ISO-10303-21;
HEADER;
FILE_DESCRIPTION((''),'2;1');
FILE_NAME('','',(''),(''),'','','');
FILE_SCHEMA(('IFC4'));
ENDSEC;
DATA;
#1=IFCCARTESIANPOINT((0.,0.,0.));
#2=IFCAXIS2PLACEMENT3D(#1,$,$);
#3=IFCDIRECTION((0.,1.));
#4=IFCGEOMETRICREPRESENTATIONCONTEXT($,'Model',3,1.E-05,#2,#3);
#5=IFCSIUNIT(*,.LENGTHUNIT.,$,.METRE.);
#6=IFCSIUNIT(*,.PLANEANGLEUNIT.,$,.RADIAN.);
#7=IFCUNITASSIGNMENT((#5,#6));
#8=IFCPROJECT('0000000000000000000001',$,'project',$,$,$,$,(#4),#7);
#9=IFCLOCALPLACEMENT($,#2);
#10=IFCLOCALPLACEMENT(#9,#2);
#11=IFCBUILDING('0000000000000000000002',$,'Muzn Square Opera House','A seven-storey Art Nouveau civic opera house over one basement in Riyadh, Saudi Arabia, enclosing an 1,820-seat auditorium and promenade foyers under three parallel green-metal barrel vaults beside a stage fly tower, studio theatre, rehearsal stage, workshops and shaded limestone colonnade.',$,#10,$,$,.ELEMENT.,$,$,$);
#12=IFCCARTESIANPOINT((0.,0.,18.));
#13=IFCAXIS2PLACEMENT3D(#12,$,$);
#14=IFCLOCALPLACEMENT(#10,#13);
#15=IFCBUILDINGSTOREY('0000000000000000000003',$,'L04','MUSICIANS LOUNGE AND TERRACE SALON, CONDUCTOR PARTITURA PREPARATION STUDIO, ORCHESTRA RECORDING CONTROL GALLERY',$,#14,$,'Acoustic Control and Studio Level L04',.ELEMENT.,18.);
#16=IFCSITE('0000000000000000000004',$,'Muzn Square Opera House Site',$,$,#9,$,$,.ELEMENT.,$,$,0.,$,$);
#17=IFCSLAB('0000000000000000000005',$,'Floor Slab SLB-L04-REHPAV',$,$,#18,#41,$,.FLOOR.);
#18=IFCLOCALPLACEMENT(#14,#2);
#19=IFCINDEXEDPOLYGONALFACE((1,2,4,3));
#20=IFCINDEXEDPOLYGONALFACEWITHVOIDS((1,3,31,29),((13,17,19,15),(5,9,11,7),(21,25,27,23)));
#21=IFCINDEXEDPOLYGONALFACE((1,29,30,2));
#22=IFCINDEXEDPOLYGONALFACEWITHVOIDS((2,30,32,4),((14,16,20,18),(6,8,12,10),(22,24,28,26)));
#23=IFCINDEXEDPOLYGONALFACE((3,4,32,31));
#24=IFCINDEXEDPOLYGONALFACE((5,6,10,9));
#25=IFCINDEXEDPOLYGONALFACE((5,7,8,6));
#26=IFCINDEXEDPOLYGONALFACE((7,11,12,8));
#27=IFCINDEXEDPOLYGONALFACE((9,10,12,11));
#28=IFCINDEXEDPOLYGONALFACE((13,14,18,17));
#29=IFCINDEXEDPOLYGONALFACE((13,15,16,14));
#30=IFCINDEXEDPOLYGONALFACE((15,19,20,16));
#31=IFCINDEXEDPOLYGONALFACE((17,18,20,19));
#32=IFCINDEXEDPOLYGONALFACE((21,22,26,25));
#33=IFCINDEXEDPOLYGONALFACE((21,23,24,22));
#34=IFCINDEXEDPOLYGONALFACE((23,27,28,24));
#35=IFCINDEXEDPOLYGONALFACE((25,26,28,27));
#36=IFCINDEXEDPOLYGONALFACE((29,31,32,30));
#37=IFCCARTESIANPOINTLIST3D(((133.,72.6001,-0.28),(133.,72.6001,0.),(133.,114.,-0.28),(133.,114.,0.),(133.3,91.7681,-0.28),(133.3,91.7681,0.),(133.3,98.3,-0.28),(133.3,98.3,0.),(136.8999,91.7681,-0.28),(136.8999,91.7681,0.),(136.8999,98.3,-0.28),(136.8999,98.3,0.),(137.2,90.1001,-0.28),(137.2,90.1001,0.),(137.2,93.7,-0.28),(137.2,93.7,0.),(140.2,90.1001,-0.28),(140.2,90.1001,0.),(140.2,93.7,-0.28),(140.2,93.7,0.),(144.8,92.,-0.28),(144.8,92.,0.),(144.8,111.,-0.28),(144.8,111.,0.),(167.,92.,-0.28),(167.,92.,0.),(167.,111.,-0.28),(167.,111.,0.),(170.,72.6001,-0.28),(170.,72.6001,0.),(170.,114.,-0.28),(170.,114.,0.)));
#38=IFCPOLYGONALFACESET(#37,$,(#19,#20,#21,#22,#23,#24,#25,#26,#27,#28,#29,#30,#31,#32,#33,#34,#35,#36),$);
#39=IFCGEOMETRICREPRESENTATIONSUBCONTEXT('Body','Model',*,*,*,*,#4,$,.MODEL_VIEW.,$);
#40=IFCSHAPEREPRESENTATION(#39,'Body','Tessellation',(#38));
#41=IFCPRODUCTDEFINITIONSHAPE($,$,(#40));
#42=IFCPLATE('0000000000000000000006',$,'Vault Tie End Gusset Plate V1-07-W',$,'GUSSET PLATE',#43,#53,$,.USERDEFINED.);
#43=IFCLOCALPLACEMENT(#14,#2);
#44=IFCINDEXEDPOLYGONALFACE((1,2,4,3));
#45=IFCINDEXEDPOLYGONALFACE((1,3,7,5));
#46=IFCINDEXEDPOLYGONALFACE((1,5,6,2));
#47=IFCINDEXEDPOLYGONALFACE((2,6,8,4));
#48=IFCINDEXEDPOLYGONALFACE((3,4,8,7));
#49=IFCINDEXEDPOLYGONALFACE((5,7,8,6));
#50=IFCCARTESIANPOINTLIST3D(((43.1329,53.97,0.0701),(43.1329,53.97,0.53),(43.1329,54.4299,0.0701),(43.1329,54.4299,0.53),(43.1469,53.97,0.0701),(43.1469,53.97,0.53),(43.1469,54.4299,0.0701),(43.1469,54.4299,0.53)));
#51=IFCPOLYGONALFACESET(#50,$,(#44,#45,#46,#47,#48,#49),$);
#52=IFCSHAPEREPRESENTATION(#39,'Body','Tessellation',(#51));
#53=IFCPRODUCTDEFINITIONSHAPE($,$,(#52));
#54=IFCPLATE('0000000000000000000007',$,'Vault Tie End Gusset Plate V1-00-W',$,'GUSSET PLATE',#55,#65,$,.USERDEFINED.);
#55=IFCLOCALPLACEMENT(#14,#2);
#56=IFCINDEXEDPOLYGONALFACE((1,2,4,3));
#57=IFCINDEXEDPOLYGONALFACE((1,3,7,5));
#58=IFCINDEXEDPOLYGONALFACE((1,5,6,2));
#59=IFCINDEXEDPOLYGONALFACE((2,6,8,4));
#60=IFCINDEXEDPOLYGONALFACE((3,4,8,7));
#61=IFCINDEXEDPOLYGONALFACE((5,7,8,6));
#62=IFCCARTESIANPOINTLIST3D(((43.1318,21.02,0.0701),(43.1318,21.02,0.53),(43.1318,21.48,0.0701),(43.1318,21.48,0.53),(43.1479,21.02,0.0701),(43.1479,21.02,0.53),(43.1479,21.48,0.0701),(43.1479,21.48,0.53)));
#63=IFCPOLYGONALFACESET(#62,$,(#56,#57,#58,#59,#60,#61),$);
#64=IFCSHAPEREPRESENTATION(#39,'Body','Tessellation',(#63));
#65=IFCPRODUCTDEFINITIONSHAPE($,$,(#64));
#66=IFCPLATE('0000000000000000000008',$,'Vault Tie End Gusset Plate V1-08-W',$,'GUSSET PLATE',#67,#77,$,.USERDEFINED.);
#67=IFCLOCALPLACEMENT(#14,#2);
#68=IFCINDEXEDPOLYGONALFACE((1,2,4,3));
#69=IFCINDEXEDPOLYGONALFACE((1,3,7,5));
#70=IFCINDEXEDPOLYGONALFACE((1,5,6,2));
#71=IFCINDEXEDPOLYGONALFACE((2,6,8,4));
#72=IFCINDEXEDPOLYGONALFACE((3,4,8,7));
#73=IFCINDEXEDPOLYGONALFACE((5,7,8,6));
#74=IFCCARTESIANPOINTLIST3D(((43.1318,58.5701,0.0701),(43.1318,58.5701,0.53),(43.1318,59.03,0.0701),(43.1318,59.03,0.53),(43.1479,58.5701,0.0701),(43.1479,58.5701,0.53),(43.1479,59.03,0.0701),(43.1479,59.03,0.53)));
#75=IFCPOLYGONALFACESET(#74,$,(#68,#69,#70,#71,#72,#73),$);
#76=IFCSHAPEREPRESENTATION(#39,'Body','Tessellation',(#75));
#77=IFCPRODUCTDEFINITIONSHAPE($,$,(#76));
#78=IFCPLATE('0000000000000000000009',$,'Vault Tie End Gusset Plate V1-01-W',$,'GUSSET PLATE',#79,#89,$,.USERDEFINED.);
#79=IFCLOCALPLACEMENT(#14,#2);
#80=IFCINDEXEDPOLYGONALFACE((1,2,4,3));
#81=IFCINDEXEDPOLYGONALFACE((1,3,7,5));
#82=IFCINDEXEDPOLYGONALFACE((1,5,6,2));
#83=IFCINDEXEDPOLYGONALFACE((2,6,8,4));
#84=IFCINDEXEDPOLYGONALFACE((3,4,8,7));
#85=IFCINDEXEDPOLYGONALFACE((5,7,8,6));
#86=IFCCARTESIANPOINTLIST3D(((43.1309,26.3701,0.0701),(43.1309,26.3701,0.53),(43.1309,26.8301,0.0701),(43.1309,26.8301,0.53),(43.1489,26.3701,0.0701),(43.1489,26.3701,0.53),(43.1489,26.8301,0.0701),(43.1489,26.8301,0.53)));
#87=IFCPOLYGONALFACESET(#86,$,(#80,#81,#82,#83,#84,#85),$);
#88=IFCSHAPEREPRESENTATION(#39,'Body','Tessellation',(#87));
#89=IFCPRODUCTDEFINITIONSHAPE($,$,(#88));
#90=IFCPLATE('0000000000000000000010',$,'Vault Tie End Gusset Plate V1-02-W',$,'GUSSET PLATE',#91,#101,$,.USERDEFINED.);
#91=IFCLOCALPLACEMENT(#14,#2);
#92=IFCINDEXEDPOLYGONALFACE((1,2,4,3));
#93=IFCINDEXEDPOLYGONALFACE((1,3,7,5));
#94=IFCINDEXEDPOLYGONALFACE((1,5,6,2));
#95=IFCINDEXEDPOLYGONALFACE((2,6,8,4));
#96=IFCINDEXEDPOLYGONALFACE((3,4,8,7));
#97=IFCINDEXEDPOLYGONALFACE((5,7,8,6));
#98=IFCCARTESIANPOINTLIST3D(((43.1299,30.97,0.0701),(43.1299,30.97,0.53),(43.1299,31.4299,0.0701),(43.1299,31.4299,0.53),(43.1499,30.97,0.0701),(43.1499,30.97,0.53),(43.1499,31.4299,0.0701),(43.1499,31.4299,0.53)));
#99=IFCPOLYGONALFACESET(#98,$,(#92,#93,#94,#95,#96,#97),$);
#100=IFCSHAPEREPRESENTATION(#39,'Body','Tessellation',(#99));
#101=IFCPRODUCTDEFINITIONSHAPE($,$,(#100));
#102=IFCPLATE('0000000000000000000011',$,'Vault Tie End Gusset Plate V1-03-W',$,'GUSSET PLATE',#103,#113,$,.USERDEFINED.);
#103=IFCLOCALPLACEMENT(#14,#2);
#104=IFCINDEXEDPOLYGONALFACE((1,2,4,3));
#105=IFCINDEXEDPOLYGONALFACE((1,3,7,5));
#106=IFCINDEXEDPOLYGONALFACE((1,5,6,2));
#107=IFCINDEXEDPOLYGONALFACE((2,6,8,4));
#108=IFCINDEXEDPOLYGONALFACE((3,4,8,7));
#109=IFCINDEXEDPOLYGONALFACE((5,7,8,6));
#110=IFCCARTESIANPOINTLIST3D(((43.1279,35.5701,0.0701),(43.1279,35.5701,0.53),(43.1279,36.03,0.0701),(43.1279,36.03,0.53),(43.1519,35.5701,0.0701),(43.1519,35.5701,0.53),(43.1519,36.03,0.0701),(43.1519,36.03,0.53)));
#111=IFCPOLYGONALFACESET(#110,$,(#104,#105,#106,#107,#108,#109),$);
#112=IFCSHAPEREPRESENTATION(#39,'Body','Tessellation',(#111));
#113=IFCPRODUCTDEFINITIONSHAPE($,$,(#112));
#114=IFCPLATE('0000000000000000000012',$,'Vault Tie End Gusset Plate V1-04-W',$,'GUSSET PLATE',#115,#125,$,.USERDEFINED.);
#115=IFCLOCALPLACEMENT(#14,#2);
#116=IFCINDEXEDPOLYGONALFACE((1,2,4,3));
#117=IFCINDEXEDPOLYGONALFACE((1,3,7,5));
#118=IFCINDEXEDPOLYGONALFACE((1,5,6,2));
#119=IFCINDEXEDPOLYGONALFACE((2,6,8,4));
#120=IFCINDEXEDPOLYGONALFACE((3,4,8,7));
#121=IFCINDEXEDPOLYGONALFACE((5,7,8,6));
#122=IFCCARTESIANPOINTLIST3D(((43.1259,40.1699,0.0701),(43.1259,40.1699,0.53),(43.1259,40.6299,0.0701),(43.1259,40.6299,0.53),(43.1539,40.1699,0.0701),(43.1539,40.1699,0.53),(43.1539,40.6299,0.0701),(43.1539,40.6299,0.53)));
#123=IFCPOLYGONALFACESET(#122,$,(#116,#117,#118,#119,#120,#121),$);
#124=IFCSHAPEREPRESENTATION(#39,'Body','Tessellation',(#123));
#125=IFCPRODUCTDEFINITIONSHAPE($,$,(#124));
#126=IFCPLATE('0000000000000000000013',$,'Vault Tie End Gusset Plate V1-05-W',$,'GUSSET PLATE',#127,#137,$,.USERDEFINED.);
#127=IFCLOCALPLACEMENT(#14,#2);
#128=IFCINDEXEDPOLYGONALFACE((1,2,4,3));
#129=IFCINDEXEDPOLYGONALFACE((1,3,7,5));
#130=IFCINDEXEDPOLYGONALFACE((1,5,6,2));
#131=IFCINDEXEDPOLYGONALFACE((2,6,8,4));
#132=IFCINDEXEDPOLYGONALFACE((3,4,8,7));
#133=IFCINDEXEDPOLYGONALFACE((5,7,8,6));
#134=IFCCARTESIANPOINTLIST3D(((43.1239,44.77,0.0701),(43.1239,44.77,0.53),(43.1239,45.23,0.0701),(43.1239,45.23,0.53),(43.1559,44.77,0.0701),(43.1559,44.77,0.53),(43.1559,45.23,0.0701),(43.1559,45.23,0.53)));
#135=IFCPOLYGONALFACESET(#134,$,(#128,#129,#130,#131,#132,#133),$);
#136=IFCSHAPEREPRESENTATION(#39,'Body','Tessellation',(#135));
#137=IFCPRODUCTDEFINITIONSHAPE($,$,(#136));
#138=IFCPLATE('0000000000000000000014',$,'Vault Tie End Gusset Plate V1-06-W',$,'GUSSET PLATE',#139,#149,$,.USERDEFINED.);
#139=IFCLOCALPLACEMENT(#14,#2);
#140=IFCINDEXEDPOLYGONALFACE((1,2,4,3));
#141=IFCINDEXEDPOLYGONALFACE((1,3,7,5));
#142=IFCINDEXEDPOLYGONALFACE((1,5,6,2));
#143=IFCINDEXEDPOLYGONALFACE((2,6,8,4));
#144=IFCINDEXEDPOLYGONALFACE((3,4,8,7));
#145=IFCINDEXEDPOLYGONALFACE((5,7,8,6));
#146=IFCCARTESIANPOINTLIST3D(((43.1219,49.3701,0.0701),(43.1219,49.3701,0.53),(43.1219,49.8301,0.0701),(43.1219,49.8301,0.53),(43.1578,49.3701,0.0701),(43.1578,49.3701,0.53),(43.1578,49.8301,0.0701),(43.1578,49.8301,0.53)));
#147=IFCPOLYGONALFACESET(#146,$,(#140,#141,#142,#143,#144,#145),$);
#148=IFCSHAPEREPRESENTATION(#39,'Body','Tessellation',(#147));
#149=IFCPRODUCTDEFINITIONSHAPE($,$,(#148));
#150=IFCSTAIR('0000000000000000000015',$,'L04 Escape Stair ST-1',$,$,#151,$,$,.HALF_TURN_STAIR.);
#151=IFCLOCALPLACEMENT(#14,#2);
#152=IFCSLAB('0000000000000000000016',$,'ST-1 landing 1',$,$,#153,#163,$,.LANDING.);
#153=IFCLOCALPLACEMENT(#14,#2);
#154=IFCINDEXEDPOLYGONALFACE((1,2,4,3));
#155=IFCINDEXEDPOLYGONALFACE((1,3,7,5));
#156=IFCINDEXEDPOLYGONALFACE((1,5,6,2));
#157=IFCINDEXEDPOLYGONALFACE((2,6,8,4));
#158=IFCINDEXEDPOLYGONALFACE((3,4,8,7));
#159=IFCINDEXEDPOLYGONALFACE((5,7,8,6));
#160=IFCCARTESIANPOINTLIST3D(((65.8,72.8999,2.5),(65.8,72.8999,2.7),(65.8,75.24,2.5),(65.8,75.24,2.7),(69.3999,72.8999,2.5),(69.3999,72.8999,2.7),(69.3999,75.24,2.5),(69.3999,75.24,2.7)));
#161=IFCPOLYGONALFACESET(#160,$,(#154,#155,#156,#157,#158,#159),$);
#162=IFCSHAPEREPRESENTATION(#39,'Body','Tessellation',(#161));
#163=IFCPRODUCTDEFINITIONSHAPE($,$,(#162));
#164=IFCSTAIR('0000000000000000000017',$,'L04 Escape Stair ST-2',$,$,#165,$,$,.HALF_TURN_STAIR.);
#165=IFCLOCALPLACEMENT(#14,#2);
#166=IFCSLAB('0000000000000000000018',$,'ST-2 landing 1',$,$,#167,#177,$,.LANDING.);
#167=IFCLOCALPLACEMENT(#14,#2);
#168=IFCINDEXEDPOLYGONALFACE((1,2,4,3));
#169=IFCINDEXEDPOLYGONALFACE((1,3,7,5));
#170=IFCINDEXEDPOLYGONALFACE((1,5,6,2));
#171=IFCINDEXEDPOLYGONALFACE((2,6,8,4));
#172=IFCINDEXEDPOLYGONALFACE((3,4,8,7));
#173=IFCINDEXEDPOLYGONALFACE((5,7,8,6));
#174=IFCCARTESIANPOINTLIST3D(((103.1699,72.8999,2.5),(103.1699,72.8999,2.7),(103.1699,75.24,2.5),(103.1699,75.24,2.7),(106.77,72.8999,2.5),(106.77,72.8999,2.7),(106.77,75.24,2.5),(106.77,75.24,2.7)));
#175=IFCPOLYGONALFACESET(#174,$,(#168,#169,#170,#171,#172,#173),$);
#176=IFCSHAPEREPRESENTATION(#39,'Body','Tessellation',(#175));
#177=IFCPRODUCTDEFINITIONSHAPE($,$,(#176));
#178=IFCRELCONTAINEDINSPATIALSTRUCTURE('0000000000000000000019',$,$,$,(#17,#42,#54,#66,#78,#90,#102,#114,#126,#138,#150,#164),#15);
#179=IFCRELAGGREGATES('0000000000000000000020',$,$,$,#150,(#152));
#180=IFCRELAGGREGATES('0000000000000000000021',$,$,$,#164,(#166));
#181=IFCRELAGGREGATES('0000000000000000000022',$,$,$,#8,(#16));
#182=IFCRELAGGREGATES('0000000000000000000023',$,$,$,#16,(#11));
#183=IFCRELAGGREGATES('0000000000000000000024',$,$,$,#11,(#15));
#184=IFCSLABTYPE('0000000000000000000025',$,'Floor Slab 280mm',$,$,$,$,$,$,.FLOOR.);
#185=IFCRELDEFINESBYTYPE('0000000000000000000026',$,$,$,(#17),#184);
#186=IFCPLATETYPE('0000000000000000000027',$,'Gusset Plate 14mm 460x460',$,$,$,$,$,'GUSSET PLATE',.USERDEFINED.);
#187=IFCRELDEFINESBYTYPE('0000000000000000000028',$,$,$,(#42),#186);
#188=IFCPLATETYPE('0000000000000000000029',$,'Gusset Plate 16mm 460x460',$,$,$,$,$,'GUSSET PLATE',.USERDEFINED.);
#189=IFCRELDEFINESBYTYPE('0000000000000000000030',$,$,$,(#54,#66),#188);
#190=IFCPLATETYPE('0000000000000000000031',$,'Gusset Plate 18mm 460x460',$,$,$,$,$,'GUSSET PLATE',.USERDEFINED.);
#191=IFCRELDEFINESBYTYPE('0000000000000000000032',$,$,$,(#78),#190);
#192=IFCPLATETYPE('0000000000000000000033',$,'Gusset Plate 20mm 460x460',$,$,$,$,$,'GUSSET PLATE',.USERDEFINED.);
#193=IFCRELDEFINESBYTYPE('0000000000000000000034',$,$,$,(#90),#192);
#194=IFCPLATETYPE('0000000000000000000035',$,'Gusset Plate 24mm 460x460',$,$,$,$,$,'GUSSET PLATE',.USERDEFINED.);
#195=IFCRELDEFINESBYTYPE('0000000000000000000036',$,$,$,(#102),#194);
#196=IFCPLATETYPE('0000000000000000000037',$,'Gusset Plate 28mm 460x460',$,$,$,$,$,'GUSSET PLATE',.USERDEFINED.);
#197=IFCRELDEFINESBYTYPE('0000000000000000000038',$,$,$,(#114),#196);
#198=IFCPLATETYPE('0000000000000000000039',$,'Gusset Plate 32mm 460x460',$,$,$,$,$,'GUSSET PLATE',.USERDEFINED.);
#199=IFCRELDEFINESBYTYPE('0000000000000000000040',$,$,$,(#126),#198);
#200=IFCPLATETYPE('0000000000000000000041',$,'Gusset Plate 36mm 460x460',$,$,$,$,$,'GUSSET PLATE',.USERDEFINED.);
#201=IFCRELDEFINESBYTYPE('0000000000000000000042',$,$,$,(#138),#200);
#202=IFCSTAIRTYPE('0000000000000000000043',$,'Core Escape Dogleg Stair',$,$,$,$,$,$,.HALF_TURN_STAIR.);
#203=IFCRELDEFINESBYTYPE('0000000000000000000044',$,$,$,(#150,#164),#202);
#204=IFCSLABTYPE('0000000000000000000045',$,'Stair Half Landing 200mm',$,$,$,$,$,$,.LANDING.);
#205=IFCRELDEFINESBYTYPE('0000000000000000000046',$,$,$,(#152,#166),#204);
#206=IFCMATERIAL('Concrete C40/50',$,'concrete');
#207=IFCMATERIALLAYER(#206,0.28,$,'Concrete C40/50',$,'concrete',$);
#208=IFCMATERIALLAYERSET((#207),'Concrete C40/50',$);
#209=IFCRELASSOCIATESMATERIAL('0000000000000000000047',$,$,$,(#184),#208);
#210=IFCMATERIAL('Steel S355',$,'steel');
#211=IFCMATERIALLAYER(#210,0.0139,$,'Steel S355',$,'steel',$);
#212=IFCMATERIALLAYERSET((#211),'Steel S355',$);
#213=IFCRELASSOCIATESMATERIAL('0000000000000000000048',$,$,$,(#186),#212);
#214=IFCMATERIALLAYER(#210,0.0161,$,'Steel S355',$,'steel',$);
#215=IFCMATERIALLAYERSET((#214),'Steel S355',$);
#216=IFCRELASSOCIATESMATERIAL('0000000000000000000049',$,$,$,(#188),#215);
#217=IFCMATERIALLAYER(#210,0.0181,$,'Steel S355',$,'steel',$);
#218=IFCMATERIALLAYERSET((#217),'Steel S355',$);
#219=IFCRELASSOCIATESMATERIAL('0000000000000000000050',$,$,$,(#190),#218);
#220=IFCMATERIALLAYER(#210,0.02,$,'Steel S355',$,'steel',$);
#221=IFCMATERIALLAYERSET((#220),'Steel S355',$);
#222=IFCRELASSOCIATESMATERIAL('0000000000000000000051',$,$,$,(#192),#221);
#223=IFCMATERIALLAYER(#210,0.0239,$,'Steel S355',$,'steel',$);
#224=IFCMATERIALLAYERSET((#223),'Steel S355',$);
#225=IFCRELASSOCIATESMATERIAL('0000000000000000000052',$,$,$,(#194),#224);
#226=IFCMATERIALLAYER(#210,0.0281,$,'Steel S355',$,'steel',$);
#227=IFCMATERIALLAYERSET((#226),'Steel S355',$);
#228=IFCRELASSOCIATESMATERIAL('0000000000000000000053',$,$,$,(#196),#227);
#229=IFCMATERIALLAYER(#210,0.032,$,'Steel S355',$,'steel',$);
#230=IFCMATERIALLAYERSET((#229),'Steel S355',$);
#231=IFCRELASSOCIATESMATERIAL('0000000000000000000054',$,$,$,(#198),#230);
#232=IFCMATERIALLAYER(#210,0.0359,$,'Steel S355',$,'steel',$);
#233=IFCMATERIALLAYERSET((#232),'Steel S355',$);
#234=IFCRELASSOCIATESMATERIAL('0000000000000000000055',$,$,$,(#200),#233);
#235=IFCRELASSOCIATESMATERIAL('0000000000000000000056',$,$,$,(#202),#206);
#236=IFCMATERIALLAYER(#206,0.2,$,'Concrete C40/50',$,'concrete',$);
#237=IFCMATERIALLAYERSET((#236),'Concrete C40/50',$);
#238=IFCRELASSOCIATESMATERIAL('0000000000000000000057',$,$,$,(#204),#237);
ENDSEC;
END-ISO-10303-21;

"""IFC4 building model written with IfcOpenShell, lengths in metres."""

from ifc_helpers import new_model, si_unit, direction, frame, origin, origin_2d, place, context, subcontext, project, spatial, polyline, rectangle, outline, extrude, material, layer, layer_set, type_object, element, aggregate, save


model = new_model("IFC4")

# Units and contexts
model_context = context("Model", 3, precision=1e-05, world=origin(), true_north=direction((0.0, 1.0)))
body_context = subcontext(model_context, "Body", "Model", "MODEL_VIEW")
ifc_project = project(units=[si_unit("LENGTHUNIT", "METRE"), si_unit("PLANEANGLEUNIT", "RADIAN")], contexts=[model_context])

# Site, building, storey
site_placement = place(None, origin())
site = spatial("IfcSite", under=ifc_project, at=site_placement, Name="Muzn Square Opera House Site", CompositionType="ELEMENT", RefElevation=0.0)
building_placement = place(site_placement, origin())
building = spatial("IfcBuilding", under=site, at=building_placement, Name="Muzn Square Opera House", Description="A seven-storey Art Nouveau civic opera house over one basement in Riyadh, Saudi Arabia, enclosing an 1,820-seat auditorium and promenade foyers under three parallel green-metal barrel vaults beside a stage fly tower, studio theatre, rehearsal stage, workshops and shaded limestone colonnade.", CompositionType="ELEMENT")
storey_placement = place(building_placement, frame((0.0, 0.0, 18.0)))
storey = spatial("IfcBuildingStorey", under=building, at=storey_placement, Name="L04", Description="MUSICIANS LOUNGE AND TERRACE SALON, CONDUCTOR PARTITURA PREPARATION STUDIO, ORCHESTRA RECORDING CONTROL GALLERY", LongName="Acoustic Control and Studio Level L04", CompositionType="ELEMENT", Elevation=18.0)

# Shared definitions
ifc_material_1 = material(Name="Steel S355", Category="steel")

# Slab
ifc_material_2 = material(Name="Concrete C40/50", Category="concrete")
ifc_layer_1 = layer(ifc_material_2, 0.28, Name="Concrete C40/50", Category="concrete")
ifc_layer_set_1 = layer_set([ifc_layer_1], Name="Concrete C40/50")
slab_type_1 = type_object("IfcSlabType", Name="Floor Slab 280mm", PredefinedType="FLOOR", material=ifc_layer_set_1)
slab_1_placement = place(storey_placement, frame((0.0, 0.0, -0.28)))
element("IfcSlab", 1, at=slab_1_placement, inside=storey, type_object=slab_type_1, Name="Floor Slab SLB-L04-REHPAV", PredefinedType="FLOOR", context=body_context, shape_type="SweptSolid", body=[
    extrude(outline(polyline([(133.0, 72.6001), (170.0, 72.6001), (170.0, 114.0), (133.0, 114.0), (133.0, 72.6001)]), holes=[polyline([(144.8, 92.0), (167.0, 92.0), (167.0, 111.0), (144.8, 111.0), (144.8, 92.0)]), polyline([(133.3, 91.7681), (136.8999, 91.7681), (136.8999, 98.3), (133.3, 98.3), (133.3, 91.7681)]), polyline([(137.2, 90.1001), (140.2, 90.1001), (140.2, 93.7), (137.2, 93.7), (137.2, 90.1001)])]), origin(), (0.0, 0.0, 1.0), 0.28),
])

# Plates
ifc_layer_2 = layer(ifc_material_1, 0.0139, Name="Steel S355", Category="steel")
ifc_layer_set_2 = layer_set([ifc_layer_2], Name="Steel S355")
plate_type_1 = type_object("IfcPlateType", Name="Gusset Plate 14mm 460x460", ElementType="GUSSET PLATE", PredefinedType="USERDEFINED", material=ifc_layer_set_2)
plate_1_placement = place(storey_placement, frame((43.1399, 54.2, 0.0701), z_axis=(0.0, 0.0, 1.0), x_axis=(1.0, 0.0, 0.0)))
element("IfcPlate", 2, at=plate_1_placement, inside=storey, type_object=plate_type_1, Name="Vault Tie End Gusset Plate V1-07-W", ObjectType="GUSSET PLATE", PredefinedType="USERDEFINED", context=body_context, shape_type="SweptSolid", body=[
    extrude(rectangle(XDim=0.0139, YDim=0.46, at=origin_2d()), origin(), (0.0, 0.0, 1.0), 0.46),
])
ifc_layer_3 = layer(ifc_material_1, 0.0161, Name="Steel S355", Category="steel")
ifc_layer_set_3 = layer_set([ifc_layer_3], Name="Steel S355")
plate_type_2 = type_object("IfcPlateType", Name="Gusset Plate 16mm 460x460", ElementType="GUSSET PLATE", PredefinedType="USERDEFINED", material=ifc_layer_set_3)
for number, where, z_axis, x_axis, name in (
    (3, (43.1399, 21.25, 0.0701), (0.0, 0.0, 1.0), (1.0, 0.0, 0.0), "Vault Tie End Gusset Plate V1-00-W"),
    (4, (43.1399, 58.8, 0.0701), (0.0, 0.0, 1.0), (1.0, 0.0, 0.0), "Vault Tie End Gusset Plate V1-08-W"),
):
    element("IfcPlate", number, at=place(storey_placement, frame(where, z_axis=z_axis, x_axis=x_axis)), inside=storey, type_object=plate_type_2, Name=name, ObjectType="GUSSET PLATE", PredefinedType="USERDEFINED", context=body_context, shape_type="SweptSolid", body=[
        extrude(rectangle(XDim=0.0161, YDim=0.46, at=origin_2d()), origin(), (0.0, 0.0, 1.0), 0.46),
    ])
ifc_layer_4 = layer(ifc_material_1, 0.0181, Name="Steel S355", Category="steel")
ifc_layer_set_4 = layer_set([ifc_layer_4], Name="Steel S355")
plate_type_3 = type_object("IfcPlateType", Name="Gusset Plate 18mm 460x460", ElementType="GUSSET PLATE", PredefinedType="USERDEFINED", material=ifc_layer_set_4)
plate_2_placement = place(storey_placement, frame((43.1399, 26.6001, 0.0701), z_axis=(0.0, 0.0, 1.0), x_axis=(1.0, 0.0, 0.0)))
element("IfcPlate", 5, at=plate_2_placement, inside=storey, type_object=plate_type_3, Name="Vault Tie End Gusset Plate V1-01-W", ObjectType="GUSSET PLATE", PredefinedType="USERDEFINED", context=body_context, shape_type="SweptSolid", body=[
    extrude(rectangle(XDim=0.0181, YDim=0.46, at=origin_2d()), origin(), (0.0, 0.0, 1.0), 0.46),
])
ifc_layer_5 = layer(ifc_material_1, 0.02, Name="Steel S355", Category="steel")
ifc_layer_set_5 = layer_set([ifc_layer_5], Name="Steel S355")
plate_type_4 = type_object("IfcPlateType", Name="Gusset Plate 20mm 460x460", ElementType="GUSSET PLATE", PredefinedType="USERDEFINED", material=ifc_layer_set_5)
plate_3_placement = place(storey_placement, frame((43.1399, 31.2, 0.0701), z_axis=(0.0, 0.0, 1.0), x_axis=(1.0, 0.0, 0.0)))
element("IfcPlate", 6, at=plate_3_placement, inside=storey, type_object=plate_type_4, Name="Vault Tie End Gusset Plate V1-02-W", ObjectType="GUSSET PLATE", PredefinedType="USERDEFINED", context=body_context, shape_type="SweptSolid", body=[
    extrude(rectangle(XDim=0.02, YDim=0.46, at=origin_2d()), origin(), (0.0, 0.0, 1.0), 0.46),
])
ifc_layer_6 = layer(ifc_material_1, 0.0239, Name="Steel S355", Category="steel")
ifc_layer_set_6 = layer_set([ifc_layer_6], Name="Steel S355")
plate_type_5 = type_object("IfcPlateType", Name="Gusset Plate 24mm 460x460", ElementType="GUSSET PLATE", PredefinedType="USERDEFINED", material=ifc_layer_set_6)
plate_4_placement = place(storey_placement, frame((43.1399, 35.8, 0.0701), z_axis=(0.0, 0.0, 1.0), x_axis=(1.0, 0.0, 0.0)))
element("IfcPlate", 7, at=plate_4_placement, inside=storey, type_object=plate_type_5, Name="Vault Tie End Gusset Plate V1-03-W", ObjectType="GUSSET PLATE", PredefinedType="USERDEFINED", context=body_context, shape_type="SweptSolid", body=[
    extrude(rectangle(XDim=0.0239, YDim=0.46, at=origin_2d()), origin(), (0.0, 0.0, 1.0), 0.46),
])
ifc_layer_7 = layer(ifc_material_1, 0.0281, Name="Steel S355", Category="steel")
ifc_layer_set_7 = layer_set([ifc_layer_7], Name="Steel S355")
plate_type_6 = type_object("IfcPlateType", Name="Gusset Plate 28mm 460x460", ElementType="GUSSET PLATE", PredefinedType="USERDEFINED", material=ifc_layer_set_7)
plate_5_placement = place(storey_placement, frame((43.1399, 40.3999, 0.0701), z_axis=(0.0, 0.0, 1.0), x_axis=(1.0, 0.0, 0.0)))
element("IfcPlate", 8, at=plate_5_placement, inside=storey, type_object=plate_type_6, Name="Vault Tie End Gusset Plate V1-04-W", ObjectType="GUSSET PLATE", PredefinedType="USERDEFINED", context=body_context, shape_type="SweptSolid", body=[
    extrude(rectangle(XDim=0.0281, YDim=0.46, at=origin_2d()), origin(), (0.0, 0.0, 1.0), 0.46),
])
ifc_layer_8 = layer(ifc_material_1, 0.032, Name="Steel S355", Category="steel")
ifc_layer_set_8 = layer_set([ifc_layer_8], Name="Steel S355")
plate_type_7 = type_object("IfcPlateType", Name="Gusset Plate 32mm 460x460", ElementType="GUSSET PLATE", PredefinedType="USERDEFINED", material=ifc_layer_set_8)
plate_6_placement = place(storey_placement, frame((43.1399, 45.0, 0.0701), z_axis=(0.0, 0.0, 1.0), x_axis=(1.0, 0.0, 0.0)))
element("IfcPlate", 9, at=plate_6_placement, inside=storey, type_object=plate_type_7, Name="Vault Tie End Gusset Plate V1-05-W", ObjectType="GUSSET PLATE", PredefinedType="USERDEFINED", context=body_context, shape_type="SweptSolid", body=[
    extrude(rectangle(XDim=0.032, YDim=0.46, at=origin_2d()), origin(), (0.0, 0.0, 1.0), 0.46),
])
ifc_layer_9 = layer(ifc_material_1, 0.0359, Name="Steel S355", Category="steel")
ifc_layer_set_9 = layer_set([ifc_layer_9], Name="Steel S355")
plate_type_8 = type_object("IfcPlateType", Name="Gusset Plate 36mm 460x460", ElementType="GUSSET PLATE", PredefinedType="USERDEFINED", material=ifc_layer_set_9)
plate_7_placement = place(storey_placement, frame((43.1399, 49.6001, 0.0701), z_axis=(0.0, 0.0, 1.0), x_axis=(1.0, 0.0, 0.0)))
element("IfcPlate", 10, at=plate_7_placement, inside=storey, type_object=plate_type_8, Name="Vault Tie End Gusset Plate V1-06-W", ObjectType="GUSSET PLATE", PredefinedType="USERDEFINED", context=body_context, shape_type="SweptSolid", body=[
    extrude(rectangle(XDim=0.0359, YDim=0.46, at=origin_2d()), origin(), (0.0, 0.0, 1.0), 0.46),
])

# Stairs, slabs
stair_type = type_object("IfcStairType", Name="Core Escape Dogleg Stair", PredefinedType="HALF_TURN_STAIR", material=ifc_material_2)
stair_1_placement = place(storey_placement, origin())
stair_1 = element("IfcStair", 11, at=stair_1_placement, inside=storey, type_object=stair_type, Name="L04 Escape Stair ST-1", PredefinedType="HALF_TURN_STAIR")
ifc_layer_10 = layer(ifc_material_2, 0.2, Name="Concrete C40/50", Category="concrete")
ifc_layer_set_10 = layer_set([ifc_layer_10], Name="Concrete C40/50")
slab_type_2 = type_object("IfcSlabType", Name="Stair Half Landing 200mm", PredefinedType="LANDING", material=ifc_layer_set_10)
slab_2_placement = place(storey_placement, frame((0.0, 0.0, 2.5)))
slab_2 = element("IfcSlab", 12, at=slab_2_placement, type_object=slab_type_2, Name="ST-1 landing 1", PredefinedType="LANDING", context=body_context, shape_type="SweptSolid", body=[
    extrude(outline(polyline([(65.8, 75.24), (65.8, 72.8999), (69.3999, 72.8999), (69.3999, 75.24), (65.8, 75.24)])), origin(), (0.0, 0.0, 1.0), 0.2),
])
aggregate(stair_1, [slab_2])
stair_2_placement = place(storey_placement, origin())
stair_2 = element("IfcStair", 13, at=stair_2_placement, inside=storey, type_object=stair_type, Name="L04 Escape Stair ST-2", PredefinedType="HALF_TURN_STAIR")
slab_3_placement = place(storey_placement, frame((0.0, 0.0, 2.5)))
slab_3 = element("IfcSlab", 14, at=slab_3_placement, type_object=slab_type_2, Name="ST-2 landing 1", PredefinedType="LANDING", context=body_context, shape_type="SweptSolid", body=[
    extrude(outline(polyline([(103.1699, 75.24), (103.1699, 72.8999), (106.77, 72.8999), (106.77, 75.24), (103.1699, 75.24)])), origin(), (0.0, 0.0, 1.0), 0.2),
])
aggregate(stair_2, [slab_3])

save(model, "model.ifc")
